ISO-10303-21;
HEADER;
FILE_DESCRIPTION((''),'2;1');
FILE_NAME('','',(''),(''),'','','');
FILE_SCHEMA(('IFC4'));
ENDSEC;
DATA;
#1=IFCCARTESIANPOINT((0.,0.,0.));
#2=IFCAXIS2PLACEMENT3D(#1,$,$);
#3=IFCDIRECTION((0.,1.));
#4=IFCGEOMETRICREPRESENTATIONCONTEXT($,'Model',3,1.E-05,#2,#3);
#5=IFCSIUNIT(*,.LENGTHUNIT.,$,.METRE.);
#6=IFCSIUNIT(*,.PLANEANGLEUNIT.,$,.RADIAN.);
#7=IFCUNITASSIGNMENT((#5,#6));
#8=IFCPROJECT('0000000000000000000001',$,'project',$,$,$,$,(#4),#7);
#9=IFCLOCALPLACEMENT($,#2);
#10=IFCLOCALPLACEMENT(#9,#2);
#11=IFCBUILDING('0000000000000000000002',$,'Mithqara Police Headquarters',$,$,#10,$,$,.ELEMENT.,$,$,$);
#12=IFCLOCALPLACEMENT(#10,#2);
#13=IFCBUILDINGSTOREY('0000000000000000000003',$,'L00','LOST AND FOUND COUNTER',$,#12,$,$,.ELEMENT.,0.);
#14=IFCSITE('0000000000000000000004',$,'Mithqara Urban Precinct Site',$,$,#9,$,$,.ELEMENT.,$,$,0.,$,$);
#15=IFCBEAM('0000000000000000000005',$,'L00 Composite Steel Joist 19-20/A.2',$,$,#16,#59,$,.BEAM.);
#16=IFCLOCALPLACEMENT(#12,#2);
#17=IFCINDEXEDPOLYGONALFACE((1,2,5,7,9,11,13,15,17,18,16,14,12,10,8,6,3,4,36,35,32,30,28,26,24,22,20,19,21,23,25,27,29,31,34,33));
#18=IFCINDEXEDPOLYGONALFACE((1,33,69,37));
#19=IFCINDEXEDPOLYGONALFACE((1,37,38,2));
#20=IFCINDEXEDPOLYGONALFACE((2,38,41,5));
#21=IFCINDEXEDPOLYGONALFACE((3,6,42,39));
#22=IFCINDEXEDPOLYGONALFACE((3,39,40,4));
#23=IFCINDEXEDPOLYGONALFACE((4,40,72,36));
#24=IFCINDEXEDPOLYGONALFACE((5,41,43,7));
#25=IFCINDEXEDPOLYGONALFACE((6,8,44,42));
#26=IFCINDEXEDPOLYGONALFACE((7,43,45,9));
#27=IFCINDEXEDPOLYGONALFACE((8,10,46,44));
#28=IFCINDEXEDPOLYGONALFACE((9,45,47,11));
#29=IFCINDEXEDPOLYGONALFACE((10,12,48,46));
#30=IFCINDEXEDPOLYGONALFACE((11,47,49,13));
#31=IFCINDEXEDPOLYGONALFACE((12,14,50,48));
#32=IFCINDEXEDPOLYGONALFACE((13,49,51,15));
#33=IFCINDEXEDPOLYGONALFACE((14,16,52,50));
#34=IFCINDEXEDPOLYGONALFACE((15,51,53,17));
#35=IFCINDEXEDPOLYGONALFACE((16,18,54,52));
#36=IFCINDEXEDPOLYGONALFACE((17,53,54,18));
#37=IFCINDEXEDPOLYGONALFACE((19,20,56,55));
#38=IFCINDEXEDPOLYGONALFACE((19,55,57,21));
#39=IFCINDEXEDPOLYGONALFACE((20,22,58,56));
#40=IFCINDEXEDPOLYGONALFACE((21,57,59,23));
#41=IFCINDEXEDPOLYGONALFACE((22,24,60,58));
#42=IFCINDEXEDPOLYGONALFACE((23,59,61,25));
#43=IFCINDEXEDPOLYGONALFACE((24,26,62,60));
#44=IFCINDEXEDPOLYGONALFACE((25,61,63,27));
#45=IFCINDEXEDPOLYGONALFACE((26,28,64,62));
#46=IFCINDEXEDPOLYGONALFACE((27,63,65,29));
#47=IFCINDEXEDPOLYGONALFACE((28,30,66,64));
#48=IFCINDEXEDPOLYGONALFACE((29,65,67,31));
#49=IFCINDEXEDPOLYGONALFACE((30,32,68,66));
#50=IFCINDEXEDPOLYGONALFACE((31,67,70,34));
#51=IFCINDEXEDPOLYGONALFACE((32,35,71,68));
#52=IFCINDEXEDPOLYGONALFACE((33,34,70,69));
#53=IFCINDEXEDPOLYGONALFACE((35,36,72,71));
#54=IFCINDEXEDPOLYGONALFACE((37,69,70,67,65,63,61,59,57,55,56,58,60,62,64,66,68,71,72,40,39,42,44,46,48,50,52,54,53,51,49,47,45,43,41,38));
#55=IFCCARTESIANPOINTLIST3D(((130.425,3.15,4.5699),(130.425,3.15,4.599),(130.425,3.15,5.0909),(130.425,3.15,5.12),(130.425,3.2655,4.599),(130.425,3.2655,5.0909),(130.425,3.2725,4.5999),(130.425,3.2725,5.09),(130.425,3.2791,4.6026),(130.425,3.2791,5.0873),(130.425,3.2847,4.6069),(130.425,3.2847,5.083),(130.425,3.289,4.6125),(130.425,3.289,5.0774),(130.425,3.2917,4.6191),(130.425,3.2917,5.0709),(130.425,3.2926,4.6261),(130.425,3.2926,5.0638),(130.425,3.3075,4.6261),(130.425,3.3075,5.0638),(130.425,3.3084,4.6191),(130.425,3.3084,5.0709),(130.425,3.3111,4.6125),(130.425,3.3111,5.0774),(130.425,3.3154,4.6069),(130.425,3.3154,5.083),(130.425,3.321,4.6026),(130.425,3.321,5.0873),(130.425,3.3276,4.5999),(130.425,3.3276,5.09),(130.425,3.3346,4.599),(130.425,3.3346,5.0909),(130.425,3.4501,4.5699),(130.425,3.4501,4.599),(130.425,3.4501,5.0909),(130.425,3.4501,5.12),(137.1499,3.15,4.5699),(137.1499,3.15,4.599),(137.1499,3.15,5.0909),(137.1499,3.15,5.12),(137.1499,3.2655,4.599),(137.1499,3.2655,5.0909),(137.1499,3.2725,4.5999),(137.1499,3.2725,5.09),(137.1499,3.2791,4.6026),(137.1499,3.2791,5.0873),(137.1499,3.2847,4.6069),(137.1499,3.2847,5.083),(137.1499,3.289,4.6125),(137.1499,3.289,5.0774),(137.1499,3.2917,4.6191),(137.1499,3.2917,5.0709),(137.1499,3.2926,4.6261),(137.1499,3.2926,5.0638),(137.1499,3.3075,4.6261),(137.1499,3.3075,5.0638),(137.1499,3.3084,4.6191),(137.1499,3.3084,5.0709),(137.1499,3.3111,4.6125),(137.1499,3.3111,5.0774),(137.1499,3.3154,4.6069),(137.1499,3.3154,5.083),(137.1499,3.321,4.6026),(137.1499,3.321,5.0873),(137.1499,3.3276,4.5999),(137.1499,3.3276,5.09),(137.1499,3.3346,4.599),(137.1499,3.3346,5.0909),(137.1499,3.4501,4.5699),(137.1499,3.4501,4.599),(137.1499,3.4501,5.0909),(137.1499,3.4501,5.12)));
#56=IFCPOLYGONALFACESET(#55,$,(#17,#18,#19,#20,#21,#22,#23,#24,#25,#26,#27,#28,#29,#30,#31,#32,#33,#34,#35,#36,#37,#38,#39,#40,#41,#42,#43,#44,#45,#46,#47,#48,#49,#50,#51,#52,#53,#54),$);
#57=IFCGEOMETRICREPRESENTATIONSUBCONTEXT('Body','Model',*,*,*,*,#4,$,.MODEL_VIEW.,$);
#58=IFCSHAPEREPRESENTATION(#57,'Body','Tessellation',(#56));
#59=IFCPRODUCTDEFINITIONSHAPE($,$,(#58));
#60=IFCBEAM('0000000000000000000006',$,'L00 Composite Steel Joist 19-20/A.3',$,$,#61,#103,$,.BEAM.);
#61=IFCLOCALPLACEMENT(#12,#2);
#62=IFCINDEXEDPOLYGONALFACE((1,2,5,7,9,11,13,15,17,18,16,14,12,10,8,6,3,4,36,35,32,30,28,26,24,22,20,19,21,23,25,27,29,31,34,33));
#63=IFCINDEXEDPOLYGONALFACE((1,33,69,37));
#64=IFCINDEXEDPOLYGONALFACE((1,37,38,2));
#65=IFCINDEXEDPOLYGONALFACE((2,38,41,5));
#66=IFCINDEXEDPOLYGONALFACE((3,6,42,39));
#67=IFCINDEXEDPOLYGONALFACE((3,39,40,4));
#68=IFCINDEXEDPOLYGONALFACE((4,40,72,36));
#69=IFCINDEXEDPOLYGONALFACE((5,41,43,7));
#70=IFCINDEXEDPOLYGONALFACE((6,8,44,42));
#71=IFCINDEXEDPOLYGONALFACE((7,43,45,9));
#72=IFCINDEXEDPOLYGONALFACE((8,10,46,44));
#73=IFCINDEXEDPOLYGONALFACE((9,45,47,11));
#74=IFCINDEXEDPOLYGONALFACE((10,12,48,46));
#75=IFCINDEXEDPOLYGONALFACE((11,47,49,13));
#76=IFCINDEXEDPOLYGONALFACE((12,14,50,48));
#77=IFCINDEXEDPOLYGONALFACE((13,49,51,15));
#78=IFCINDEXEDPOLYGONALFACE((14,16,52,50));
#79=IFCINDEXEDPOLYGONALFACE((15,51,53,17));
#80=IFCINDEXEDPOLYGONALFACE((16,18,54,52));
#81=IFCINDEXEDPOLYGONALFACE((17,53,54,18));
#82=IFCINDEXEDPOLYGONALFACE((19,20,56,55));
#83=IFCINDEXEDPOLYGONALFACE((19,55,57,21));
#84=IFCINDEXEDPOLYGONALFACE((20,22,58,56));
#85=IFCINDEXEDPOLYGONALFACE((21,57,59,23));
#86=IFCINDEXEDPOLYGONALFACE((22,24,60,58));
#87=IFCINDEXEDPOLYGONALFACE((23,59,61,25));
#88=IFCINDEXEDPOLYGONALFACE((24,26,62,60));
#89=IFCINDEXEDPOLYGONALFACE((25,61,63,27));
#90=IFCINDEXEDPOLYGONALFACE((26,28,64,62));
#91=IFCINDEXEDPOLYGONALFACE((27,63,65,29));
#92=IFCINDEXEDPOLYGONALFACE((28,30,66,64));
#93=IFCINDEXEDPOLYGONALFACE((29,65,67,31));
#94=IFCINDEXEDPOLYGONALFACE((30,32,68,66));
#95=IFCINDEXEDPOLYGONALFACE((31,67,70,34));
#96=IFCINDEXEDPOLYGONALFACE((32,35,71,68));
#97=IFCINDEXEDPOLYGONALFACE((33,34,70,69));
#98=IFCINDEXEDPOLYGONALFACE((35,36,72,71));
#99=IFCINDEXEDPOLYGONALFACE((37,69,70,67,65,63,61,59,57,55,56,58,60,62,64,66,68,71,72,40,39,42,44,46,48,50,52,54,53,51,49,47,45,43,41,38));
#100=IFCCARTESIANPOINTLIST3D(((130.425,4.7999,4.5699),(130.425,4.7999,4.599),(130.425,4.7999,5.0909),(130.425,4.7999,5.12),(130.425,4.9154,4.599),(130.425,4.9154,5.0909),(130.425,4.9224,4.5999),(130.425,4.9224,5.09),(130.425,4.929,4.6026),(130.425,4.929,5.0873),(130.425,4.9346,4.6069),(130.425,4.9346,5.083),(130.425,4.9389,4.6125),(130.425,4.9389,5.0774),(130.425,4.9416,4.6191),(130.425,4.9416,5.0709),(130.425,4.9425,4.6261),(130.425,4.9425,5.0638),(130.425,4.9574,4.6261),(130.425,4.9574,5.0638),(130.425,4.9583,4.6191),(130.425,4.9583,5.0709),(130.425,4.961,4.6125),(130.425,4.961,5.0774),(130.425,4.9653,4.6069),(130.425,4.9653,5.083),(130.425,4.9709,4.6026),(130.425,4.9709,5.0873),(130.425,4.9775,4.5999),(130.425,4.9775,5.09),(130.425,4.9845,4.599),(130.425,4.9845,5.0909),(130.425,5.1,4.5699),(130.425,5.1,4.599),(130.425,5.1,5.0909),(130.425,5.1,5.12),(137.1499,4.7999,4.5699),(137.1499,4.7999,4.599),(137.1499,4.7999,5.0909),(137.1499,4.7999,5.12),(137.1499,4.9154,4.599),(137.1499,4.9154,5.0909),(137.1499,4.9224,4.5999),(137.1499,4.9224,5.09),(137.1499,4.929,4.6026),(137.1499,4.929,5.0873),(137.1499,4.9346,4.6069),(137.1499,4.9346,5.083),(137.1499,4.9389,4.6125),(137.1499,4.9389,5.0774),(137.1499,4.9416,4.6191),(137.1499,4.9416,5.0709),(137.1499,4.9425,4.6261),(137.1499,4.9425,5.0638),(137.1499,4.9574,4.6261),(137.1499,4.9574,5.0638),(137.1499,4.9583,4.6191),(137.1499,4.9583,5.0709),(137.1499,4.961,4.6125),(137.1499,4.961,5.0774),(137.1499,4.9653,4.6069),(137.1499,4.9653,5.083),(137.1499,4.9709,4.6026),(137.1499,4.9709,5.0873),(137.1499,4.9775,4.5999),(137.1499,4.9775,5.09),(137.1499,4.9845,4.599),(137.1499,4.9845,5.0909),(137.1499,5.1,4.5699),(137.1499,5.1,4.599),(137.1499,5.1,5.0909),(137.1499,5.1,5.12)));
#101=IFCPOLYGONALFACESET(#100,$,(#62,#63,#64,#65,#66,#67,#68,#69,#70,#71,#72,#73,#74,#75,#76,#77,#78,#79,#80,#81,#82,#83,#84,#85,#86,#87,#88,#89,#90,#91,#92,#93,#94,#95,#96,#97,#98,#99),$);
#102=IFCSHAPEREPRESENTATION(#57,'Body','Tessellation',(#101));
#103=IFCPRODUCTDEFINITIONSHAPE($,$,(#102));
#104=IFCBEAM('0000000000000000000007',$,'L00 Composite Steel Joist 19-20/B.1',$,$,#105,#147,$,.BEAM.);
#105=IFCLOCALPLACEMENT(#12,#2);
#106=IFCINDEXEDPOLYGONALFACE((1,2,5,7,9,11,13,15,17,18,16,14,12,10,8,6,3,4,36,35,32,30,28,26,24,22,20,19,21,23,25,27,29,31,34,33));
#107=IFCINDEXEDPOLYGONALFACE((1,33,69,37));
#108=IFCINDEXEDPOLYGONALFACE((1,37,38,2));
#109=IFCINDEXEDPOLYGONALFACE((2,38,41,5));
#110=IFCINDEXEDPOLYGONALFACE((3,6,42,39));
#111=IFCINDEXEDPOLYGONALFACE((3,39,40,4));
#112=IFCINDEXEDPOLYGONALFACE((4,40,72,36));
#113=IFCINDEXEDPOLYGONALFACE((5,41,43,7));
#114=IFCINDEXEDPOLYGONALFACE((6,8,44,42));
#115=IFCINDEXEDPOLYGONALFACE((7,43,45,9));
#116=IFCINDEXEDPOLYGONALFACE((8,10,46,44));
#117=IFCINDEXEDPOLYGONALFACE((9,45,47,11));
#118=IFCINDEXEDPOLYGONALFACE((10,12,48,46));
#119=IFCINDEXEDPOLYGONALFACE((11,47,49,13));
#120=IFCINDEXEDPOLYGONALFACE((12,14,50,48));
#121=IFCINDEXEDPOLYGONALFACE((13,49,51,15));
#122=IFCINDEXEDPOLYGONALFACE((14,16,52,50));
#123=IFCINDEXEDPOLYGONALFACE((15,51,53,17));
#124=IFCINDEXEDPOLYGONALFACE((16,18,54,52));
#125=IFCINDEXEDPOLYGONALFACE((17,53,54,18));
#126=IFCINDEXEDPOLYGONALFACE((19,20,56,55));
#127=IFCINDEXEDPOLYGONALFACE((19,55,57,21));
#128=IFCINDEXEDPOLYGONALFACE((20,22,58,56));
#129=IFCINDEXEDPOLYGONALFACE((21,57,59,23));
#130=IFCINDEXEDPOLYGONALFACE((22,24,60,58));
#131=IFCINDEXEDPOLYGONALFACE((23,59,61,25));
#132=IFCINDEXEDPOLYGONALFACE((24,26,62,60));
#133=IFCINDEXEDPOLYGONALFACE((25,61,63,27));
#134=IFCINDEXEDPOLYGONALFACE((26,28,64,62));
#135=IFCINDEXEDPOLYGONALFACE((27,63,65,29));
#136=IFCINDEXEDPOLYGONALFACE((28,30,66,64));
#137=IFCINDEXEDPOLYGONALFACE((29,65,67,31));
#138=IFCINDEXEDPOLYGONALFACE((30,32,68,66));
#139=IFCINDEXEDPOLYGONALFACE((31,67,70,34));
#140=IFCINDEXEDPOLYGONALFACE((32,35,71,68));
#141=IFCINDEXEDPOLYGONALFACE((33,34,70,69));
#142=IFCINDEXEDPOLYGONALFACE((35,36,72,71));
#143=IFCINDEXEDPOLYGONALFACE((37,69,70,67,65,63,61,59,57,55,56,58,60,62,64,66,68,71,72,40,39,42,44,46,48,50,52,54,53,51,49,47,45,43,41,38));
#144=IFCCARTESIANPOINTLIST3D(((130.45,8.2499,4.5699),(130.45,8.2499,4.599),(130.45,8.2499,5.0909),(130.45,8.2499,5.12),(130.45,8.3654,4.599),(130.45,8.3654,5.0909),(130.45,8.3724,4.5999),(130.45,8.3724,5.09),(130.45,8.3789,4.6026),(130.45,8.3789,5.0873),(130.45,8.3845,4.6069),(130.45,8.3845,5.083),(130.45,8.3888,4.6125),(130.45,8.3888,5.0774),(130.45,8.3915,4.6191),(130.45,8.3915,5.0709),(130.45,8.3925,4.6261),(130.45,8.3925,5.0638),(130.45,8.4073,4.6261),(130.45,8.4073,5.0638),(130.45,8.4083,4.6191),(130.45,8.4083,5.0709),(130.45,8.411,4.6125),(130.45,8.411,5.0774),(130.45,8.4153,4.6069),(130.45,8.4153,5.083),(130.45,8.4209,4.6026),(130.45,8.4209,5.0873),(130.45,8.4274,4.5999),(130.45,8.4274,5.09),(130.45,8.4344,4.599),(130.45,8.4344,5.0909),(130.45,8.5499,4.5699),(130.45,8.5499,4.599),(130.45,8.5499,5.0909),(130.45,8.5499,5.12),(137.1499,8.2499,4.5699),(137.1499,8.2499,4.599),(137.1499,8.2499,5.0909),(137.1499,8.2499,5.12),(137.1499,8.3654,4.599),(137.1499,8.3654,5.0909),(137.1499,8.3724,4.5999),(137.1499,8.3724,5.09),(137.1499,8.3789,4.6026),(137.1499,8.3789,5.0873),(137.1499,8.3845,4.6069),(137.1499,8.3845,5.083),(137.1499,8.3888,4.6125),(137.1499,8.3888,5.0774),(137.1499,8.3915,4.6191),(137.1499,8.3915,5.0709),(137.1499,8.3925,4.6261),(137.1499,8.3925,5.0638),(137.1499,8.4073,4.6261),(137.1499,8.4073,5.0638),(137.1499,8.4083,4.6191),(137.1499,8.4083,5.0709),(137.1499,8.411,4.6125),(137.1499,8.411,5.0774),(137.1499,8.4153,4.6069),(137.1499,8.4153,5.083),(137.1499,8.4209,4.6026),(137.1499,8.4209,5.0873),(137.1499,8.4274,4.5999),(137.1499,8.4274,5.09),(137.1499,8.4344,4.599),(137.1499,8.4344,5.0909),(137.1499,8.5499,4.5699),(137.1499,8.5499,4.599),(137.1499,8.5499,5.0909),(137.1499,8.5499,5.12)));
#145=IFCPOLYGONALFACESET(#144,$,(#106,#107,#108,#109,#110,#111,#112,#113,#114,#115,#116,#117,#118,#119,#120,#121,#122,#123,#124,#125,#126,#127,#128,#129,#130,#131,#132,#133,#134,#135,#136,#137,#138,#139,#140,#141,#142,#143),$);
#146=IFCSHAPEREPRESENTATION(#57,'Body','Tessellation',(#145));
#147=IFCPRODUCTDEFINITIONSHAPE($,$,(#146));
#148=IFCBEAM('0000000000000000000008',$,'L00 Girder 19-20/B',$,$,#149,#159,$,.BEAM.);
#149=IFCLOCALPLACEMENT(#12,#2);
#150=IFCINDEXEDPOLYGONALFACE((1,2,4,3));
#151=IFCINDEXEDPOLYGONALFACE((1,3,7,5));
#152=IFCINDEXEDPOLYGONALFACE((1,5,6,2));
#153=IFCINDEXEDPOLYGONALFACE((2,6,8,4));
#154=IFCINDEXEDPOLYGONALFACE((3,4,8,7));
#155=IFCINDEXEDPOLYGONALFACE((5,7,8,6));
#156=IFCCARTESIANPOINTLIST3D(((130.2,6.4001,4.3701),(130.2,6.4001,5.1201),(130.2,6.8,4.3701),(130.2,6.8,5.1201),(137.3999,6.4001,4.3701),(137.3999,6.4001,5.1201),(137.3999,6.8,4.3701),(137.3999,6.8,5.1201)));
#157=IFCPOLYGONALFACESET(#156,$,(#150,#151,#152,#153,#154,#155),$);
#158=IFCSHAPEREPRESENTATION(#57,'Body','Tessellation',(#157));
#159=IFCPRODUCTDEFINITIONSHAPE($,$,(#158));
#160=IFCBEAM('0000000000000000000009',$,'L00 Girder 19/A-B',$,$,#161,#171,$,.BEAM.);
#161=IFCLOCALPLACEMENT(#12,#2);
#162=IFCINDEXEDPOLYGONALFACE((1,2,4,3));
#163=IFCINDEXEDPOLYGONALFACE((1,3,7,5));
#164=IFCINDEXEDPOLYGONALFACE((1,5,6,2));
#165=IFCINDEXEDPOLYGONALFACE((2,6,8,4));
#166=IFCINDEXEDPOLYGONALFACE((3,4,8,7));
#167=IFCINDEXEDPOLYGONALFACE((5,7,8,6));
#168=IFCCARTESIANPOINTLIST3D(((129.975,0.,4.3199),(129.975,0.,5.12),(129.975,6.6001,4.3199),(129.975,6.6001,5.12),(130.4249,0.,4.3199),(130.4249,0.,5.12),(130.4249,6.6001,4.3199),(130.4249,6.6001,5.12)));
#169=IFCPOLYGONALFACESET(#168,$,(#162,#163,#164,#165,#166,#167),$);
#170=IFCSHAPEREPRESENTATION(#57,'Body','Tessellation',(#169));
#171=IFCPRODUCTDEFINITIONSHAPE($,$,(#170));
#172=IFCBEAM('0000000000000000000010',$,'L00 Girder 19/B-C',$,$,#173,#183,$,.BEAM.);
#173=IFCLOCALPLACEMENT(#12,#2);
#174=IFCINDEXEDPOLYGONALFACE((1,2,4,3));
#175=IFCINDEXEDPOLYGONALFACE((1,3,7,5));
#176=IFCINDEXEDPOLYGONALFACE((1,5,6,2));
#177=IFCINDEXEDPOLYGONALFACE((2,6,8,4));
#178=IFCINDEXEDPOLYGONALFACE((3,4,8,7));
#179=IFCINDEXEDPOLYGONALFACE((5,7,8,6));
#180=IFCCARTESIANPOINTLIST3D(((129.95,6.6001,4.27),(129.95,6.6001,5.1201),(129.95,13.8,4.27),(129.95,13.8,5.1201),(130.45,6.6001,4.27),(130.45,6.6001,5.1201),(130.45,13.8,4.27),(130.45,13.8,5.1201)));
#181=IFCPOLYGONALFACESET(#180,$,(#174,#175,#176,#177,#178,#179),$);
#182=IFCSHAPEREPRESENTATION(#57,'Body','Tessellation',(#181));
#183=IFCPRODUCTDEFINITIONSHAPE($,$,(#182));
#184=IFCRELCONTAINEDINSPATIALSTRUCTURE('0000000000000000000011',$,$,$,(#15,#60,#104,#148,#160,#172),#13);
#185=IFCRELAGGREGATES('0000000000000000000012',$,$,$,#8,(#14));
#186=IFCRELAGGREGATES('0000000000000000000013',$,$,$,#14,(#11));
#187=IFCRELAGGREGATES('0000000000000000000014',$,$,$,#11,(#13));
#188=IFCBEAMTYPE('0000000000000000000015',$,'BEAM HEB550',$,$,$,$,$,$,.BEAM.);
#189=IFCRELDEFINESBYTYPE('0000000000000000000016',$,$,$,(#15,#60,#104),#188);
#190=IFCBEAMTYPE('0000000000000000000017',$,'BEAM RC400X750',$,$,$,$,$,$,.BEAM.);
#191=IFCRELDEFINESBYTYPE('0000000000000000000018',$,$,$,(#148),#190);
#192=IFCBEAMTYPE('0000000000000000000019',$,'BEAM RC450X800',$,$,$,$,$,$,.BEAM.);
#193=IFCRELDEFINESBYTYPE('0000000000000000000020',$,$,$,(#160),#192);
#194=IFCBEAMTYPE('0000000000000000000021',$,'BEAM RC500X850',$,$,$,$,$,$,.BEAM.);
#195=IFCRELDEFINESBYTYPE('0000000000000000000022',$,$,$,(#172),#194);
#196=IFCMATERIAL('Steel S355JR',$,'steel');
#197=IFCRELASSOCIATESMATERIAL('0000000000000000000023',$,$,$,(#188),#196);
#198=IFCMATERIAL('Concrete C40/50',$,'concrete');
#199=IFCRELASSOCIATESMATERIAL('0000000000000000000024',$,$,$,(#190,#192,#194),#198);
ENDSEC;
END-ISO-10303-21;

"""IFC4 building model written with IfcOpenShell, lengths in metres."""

from ifc_helpers import new_model, si_unit, direction, frame, origin, origin_2d, place, context, subcontext, project, spatial, rectangle, i_section, extrude, material, material_profile, profile_set, type_object, element, save


model = new_model("IFC4")

# Units and contexts
model_context = context("Model", 3, precision=1e-05, world=origin(), true_north=direction((0.0, 1.0)))
body_context = subcontext(model_context, "Body", "Model", "MODEL_VIEW")
ifc_project = project(units=[si_unit("LENGTHUNIT", "METRE"), si_unit("PLANEANGLEUNIT", "RADIAN")], contexts=[model_context])

# Site, building, storey
site_placement = place(None, origin())
site = spatial("IfcSite", under=ifc_project, at=site_placement, Name="Mithqara Urban Precinct Site", CompositionType="ELEMENT", RefElevation=0.0)
building_placement = place(site_placement, origin())
building = spatial("IfcBuilding", under=site, at=building_placement, Name="Mithqara Police Headquarters", CompositionType="ELEMENT")
storey_placement = place(building_placement, origin())
storey = spatial("IfcBuildingStorey", under=building, at=storey_placement, Name="L00", Description="LOST AND FOUND COUNTER", CompositionType="ELEMENT", Elevation=0.0)

# Shared definitions
ifc_material_1 = material(Name="Concrete C40/50", Category="concrete")

# Beams
ifc_material_2 = material(Name="Steel S355JR", Category="steel")
ifc_material_profile_1 = material_profile(ifc_material_2, i_section(OverallWidth=0.3, OverallDepth=0.55, WebThickness=0.0149, FlangeThickness=0.0291, FilletRadius=0.0271, at=origin_2d()), Name="HEB 550")
ifc_profile_set_1 = profile_set([ifc_material_profile_1], Name="Steel S355JR")
beam_type_1 = type_object("IfcBeamType", Name="BEAM HEB550", PredefinedType="BEAM", material=ifc_profile_set_1)
for number, where, z_axis, x_axis, name in (
    (1, (130.425, 3.3, 4.845), (1.0, 0.0, 0.0), (0.0, 1.0, 0.0), "L00 Composite Steel Joist 19-20/A.2"),
    (2, (130.425, 4.95, 4.845), (1.0, 0.0, 0.0), (0.0, 1.0, 0.0), "L00 Composite Steel Joist 19-20/A.3"),
):
    element("IfcBeam", number, at=place(storey_placement, frame(where, z_axis=z_axis, x_axis=x_axis)), inside=storey, type_object=beam_type_1, Name=name, PredefinedType="BEAM", context=body_context, shape_type="SweptSolid", body=[
        extrude(i_section(OverallWidth=0.3, OverallDepth=0.55, WebThickness=0.0149, FlangeThickness=0.0291, FilletRadius=0.0271, at=origin_2d()), origin(), (0.0, 0.0, 1.0), 6.7249),
    ])
beam_1_placement = place(storey_placement, frame((130.45, 8.3999, 4.845), z_axis=(1.0, 0.0, 0.0), x_axis=(0.0, 1.0, 0.0)))
element("IfcBeam", 3, at=beam_1_placement, inside=storey, type_object=beam_type_1, Name="L00 Composite Steel Joist 19-20/B.1", PredefinedType="BEAM", context=body_context, shape_type="SweptSolid", body=[
    extrude(i_section(OverallWidth=0.3, OverallDepth=0.55, WebThickness=0.0149, FlangeThickness=0.0291, FilletRadius=0.0271, at=origin_2d()), origin(), (0.0, 0.0, 1.0), 6.7),
])
ifc_material_profile_2 = material_profile(ifc_material_1, rectangle(XDim=0.3999, YDim=0.75, at=origin_2d()), Name="RC 400x750")
ifc_profile_set_2 = profile_set([ifc_material_profile_2], Name="Concrete C40/50")
beam_type_2 = type_object("IfcBeamType", Name="BEAM RC400X750", PredefinedType="BEAM", material=ifc_profile_set_2)
beam_2_placement = place(storey_placement, frame((130.2, 6.6001, 4.7451), z_axis=(1.0, 0.0, 0.0), x_axis=(0.0, 1.0, 0.0)))
element("IfcBeam", 4, at=beam_2_placement, inside=storey, type_object=beam_type_2, Name="L00 Girder 19-20/B", PredefinedType="BEAM", context=body_context, shape_type="SweptSolid", body=[
    extrude(rectangle(XDim=0.3999, YDim=0.75, at=origin_2d()), origin(), (0.0, 0.0, 1.0), 7.2),
])
ifc_material_profile_3 = material_profile(ifc_material_1, rectangle(XDim=0.45, YDim=0.8, at=origin_2d()), Name="RC 450x800")
ifc_profile_set_3 = profile_set([ifc_material_profile_3], Name="Concrete C40/50")
beam_type_3 = type_object("IfcBeamType", Name="BEAM RC450X800", PredefinedType="BEAM", material=ifc_profile_set_3)
beam_3_placement = place(storey_placement, frame((130.2, 0.0, 4.72), z_axis=(0.0, 1.0, 0.0), x_axis=(-1.0, 0.0, 0.0)))
element("IfcBeam", 5, at=beam_3_placement, inside=storey, type_object=beam_type_3, Name="L00 Girder 19/A-B", PredefinedType="BEAM", context=body_context, shape_type="SweptSolid", body=[
    extrude(rectangle(XDim=0.45, YDim=0.8, at=origin_2d()), origin(), (0.0, 0.0, 1.0), 6.6001),
])
ifc_material_profile_4 = material_profile(ifc_material_1, rectangle(XDim=0.5, YDim=0.8501, at=origin_2d()), Name="RC 500x850")
ifc_profile_set_4 = profile_set([ifc_material_profile_4], Name="Concrete C40/50")
beam_type_4 = type_object("IfcBeamType", Name="BEAM RC500X850", PredefinedType="BEAM", material=ifc_profile_set_4)
beam_4_placement = place(storey_placement, frame((130.2, 6.6001, 4.6951), z_axis=(0.0, 1.0, 0.0), x_axis=(-1.0, 0.0, 0.0)))
element("IfcBeam", 6, at=beam_4_placement, inside=storey, type_object=beam_type_4, Name="L00 Girder 19/B-C", PredefinedType="BEAM", context=body_context, shape_type="SweptSolid", body=[
    extrude(rectangle(XDim=0.5, YDim=0.8501, at=origin_2d()), origin(), (0.0, 0.0, 1.0), 7.2),
])

save(model, "model.ifc")
